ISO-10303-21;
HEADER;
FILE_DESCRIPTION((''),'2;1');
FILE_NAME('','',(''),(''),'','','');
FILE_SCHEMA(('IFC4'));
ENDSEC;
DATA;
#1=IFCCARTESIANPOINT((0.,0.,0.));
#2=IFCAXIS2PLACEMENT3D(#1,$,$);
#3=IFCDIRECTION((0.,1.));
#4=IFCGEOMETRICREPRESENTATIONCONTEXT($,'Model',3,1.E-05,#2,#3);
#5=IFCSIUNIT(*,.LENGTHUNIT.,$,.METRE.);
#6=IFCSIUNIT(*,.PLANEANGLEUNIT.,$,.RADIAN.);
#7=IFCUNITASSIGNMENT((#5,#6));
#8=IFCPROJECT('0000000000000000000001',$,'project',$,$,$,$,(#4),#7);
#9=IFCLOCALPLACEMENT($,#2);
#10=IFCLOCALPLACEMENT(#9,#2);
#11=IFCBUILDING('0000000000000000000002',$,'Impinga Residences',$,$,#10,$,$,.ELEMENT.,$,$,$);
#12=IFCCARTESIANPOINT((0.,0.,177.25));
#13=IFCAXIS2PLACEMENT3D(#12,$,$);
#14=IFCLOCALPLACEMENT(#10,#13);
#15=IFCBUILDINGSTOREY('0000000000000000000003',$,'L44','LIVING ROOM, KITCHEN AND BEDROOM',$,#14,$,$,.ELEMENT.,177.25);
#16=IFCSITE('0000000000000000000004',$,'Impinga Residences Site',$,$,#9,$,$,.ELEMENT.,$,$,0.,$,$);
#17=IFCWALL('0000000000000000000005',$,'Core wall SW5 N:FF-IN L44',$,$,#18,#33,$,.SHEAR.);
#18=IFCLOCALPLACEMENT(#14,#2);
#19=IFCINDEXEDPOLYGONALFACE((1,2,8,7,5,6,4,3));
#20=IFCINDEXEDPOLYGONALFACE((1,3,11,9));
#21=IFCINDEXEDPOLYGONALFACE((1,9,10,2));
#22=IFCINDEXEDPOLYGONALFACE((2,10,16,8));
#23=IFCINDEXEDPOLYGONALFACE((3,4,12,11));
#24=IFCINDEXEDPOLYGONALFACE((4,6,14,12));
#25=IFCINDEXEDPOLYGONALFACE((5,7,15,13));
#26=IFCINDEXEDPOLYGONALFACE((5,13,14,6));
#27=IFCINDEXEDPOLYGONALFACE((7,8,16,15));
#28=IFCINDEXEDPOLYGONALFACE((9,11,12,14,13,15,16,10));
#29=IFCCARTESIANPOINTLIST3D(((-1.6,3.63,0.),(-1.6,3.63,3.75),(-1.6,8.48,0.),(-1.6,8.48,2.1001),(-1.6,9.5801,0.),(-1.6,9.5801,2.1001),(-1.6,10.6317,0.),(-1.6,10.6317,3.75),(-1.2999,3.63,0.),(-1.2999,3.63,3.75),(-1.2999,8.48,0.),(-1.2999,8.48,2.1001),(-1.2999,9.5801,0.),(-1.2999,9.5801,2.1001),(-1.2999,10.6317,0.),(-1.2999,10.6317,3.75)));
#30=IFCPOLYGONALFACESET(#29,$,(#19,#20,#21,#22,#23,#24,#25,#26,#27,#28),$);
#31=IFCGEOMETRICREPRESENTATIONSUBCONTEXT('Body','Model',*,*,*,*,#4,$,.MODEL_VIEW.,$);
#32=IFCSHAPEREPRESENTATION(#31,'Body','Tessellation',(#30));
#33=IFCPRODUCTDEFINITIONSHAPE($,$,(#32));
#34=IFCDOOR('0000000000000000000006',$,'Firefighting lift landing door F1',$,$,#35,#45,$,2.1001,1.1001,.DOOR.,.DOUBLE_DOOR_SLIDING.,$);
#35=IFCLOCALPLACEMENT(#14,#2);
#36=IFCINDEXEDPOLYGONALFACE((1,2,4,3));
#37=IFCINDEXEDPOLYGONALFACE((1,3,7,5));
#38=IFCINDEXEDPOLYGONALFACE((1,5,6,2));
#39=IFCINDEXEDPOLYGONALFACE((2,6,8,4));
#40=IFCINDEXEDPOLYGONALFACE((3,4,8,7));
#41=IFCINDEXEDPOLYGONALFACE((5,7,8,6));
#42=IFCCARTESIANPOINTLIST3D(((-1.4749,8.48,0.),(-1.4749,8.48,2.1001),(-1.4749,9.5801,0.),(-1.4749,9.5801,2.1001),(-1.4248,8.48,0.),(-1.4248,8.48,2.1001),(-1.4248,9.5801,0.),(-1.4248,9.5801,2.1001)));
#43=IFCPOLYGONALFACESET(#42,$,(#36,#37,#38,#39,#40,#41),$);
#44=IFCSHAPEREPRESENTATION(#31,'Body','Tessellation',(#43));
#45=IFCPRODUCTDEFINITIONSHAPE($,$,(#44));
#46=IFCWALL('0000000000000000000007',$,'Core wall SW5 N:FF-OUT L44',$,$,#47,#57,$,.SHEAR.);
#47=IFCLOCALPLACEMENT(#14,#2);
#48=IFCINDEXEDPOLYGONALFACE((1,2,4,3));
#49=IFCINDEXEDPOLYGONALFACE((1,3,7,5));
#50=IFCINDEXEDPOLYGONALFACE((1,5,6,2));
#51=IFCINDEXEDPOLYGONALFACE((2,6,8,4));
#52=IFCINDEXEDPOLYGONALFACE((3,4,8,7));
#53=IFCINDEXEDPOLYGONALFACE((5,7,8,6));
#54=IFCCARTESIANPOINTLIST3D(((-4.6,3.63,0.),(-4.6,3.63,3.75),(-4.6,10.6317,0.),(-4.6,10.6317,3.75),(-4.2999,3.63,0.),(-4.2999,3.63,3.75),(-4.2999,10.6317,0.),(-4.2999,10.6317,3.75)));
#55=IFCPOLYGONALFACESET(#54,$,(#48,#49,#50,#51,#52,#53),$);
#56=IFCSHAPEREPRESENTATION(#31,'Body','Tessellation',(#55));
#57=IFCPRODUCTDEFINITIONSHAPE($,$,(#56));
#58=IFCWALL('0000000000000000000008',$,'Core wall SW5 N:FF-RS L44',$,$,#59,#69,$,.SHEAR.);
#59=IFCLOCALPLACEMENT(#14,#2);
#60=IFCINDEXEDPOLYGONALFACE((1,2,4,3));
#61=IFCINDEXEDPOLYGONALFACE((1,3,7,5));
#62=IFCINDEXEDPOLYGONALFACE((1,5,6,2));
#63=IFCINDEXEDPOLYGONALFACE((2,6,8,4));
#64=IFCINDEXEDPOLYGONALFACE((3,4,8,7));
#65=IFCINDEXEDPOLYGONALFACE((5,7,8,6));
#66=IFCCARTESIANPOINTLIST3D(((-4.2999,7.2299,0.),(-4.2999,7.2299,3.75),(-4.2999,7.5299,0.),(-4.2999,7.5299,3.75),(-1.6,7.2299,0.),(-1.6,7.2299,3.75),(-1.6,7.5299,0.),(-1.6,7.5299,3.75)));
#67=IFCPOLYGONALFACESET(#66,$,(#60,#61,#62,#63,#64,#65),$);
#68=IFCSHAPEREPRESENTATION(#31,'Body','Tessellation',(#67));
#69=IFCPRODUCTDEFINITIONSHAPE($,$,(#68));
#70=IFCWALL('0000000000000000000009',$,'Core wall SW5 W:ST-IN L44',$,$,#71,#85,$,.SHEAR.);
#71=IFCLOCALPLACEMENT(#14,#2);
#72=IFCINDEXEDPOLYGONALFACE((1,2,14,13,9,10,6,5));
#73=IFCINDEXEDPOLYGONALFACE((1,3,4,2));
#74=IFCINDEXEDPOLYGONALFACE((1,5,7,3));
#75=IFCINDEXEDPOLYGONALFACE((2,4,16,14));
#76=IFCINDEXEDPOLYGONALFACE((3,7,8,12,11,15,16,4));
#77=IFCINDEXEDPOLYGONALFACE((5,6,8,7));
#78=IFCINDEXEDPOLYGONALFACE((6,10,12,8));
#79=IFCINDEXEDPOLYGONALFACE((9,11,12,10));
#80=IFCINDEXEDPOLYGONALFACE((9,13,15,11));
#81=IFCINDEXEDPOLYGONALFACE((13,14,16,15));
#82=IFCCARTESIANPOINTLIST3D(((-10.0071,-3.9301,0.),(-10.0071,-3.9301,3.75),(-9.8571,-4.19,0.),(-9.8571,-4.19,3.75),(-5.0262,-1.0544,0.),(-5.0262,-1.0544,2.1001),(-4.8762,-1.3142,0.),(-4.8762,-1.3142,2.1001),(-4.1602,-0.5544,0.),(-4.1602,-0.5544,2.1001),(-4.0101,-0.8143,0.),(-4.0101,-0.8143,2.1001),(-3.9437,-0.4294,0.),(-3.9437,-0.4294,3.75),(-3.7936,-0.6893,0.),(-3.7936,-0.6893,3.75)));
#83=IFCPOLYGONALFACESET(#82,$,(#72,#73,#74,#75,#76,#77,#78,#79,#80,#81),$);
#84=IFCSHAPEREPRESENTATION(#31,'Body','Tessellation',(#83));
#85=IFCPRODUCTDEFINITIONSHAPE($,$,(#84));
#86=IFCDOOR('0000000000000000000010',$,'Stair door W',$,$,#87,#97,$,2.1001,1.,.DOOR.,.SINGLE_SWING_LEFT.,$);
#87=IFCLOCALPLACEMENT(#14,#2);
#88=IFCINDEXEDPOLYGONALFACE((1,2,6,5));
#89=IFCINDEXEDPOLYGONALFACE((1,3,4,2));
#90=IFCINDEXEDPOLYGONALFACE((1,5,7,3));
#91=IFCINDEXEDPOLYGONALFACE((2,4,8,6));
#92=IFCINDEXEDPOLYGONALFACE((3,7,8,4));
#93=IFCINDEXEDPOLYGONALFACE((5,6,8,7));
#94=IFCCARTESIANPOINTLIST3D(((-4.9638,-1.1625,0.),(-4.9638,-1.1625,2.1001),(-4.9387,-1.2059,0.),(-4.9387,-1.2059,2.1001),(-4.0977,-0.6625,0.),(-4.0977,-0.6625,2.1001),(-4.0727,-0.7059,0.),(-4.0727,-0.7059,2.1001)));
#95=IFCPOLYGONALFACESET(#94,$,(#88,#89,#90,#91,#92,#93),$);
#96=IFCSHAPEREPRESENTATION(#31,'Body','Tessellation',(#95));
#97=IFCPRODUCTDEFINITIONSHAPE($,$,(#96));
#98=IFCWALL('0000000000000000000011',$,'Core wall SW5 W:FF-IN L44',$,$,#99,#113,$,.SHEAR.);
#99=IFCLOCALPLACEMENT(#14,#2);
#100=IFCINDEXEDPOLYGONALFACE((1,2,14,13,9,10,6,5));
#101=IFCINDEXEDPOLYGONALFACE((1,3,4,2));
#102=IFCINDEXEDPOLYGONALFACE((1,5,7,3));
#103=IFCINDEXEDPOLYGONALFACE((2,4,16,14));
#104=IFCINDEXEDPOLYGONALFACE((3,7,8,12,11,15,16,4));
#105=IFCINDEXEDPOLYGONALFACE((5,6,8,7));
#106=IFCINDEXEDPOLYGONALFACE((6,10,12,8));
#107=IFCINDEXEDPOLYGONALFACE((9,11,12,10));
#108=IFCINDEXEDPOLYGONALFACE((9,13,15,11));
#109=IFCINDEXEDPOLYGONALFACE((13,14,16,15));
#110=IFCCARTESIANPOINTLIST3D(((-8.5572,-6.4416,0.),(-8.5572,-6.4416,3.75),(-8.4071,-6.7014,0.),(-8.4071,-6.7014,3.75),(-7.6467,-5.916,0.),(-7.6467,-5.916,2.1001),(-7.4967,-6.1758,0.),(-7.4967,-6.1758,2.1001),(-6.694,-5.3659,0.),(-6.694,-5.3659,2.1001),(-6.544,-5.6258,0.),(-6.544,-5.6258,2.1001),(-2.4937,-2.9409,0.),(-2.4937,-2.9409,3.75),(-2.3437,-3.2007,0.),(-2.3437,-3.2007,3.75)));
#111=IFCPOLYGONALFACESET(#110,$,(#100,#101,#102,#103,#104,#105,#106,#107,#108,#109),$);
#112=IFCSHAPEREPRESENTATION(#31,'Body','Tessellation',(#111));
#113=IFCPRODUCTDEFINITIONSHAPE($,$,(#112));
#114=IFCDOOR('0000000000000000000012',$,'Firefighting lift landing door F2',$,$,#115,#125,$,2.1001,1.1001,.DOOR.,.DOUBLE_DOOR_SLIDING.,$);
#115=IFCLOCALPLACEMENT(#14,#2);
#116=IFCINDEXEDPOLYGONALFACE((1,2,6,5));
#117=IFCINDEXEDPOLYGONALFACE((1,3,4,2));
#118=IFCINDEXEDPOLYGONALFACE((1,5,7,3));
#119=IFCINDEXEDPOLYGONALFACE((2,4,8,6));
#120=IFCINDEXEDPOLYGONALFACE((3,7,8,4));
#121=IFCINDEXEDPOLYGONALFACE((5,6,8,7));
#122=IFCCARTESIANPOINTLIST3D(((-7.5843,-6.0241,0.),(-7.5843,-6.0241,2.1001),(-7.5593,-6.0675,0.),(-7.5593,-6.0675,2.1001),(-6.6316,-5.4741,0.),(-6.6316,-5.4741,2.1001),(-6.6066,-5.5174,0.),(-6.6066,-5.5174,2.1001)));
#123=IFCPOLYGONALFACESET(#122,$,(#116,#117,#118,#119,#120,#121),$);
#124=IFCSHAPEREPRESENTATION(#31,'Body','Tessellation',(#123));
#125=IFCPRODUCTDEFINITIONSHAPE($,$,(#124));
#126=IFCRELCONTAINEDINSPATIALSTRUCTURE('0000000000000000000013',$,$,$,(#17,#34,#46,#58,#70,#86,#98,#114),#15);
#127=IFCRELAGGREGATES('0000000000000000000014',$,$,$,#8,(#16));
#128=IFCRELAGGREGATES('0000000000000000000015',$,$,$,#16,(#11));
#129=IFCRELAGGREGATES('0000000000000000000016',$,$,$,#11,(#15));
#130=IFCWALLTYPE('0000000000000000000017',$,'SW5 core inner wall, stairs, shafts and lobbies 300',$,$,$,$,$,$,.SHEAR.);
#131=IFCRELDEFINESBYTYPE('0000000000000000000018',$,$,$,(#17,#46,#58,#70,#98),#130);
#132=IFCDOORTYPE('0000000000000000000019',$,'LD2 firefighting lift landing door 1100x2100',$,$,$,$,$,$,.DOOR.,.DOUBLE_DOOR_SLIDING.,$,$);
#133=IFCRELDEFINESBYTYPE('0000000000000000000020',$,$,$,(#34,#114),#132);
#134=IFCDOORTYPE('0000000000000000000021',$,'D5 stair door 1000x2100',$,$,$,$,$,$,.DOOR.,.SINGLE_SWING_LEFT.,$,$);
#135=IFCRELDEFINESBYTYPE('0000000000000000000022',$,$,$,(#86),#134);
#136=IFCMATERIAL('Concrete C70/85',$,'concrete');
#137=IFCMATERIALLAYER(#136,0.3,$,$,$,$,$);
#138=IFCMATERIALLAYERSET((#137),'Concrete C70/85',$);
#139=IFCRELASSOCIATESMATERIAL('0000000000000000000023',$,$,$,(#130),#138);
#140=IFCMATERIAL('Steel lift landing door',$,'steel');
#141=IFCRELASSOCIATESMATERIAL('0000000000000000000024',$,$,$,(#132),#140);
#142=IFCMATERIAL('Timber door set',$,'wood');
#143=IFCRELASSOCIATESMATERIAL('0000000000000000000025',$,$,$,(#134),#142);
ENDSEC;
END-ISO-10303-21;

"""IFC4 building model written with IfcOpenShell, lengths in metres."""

from ifc_helpers import new_model, si_unit, direction, frame, frame_2d, origin, place, context, subcontext, project, spatial, rectangle, extrude, material, layer, layer_set, type_object, element, fill, save


model = new_model("IFC4")

# Units and contexts
model_context = context("Model", 3, precision=1e-05, world=origin(), true_north=direction((0.0, 1.0)))
body_context = subcontext(model_context, "Body", "Model", "MODEL_VIEW")
ifc_project = project(units=[si_unit("LENGTHUNIT", "METRE"), si_unit("PLANEANGLEUNIT", "RADIAN")], contexts=[model_context])

# Site, building, storey
site_placement = place(None, origin())
site = spatial("IfcSite", under=ifc_project, at=site_placement, Name="Impinga Residences Site", CompositionType="ELEMENT", RefElevation=0.0)
building_placement = place(site_placement, origin())
building = spatial("IfcBuilding", under=site, at=building_placement, Name="Impinga Residences", CompositionType="ELEMENT")
storey_placement = place(building_placement, frame((0.0, 0.0, 177.25)))
storey = spatial("IfcBuildingStorey", under=building, at=storey_placement, Name="L44", Description="LIVING ROOM, KITCHEN AND BEDROOM", CompositionType="ELEMENT", Elevation=177.25)

# Shared definitions
ifc_material_1 = material(Name="Concrete C70/85", Category="concrete")
ifc_layer_1 = layer(ifc_material_1, 0.3)
ifc_layer_set_1 = layer_set([ifc_layer_1], Name="Concrete C70/85")
wall_type_1 = type_object("IfcWallType", Name="SW5 core inner wall, stairs, shafts and lobbies 300", PredefinedType="SHEAR", material=ifc_layer_set_1)
ifc_material_2 = material(Name="Timber door set", Category="wood")

# Wall, opening, door
wall_1_placement = place(storey_placement, frame((-1.45, 3.6299, 0.0), z_axis=(0.0, 0.0, 1.0), x_axis=(0.0, 1.0, 0.0)))
wall_1 = element("IfcWall", 1, at=wall_1_placement, inside=storey, type_object=wall_type_1, Name="Core wall SW5 N:FF-IN L44", PredefinedType="SHEAR", context=body_context, shape_type="SweptSolid", body=[
    extrude(rectangle(XDim=7.0017, YDim=0.3, at=frame_2d((3.501, 0.0))), origin(), (0.0, 0.0, 1.0), 3.75),
])
opening_1_placement = place(wall_1_placement, frame((4.8501, 0.0, 0.0)))
opening_1 = element("IfcOpeningElement", 2, at=opening_1_placement, cuts=wall_1, PredefinedType="OPENING", context=body_context, shape_type="SweptSolid", body=[
    extrude(rectangle(XDim=1.1001, YDim=2.1001, at=frame_2d((0.55, 1.05))), frame((0.0, 0.1599, 0.0), z_axis=(0.0, -1.0, 0.0), x_axis=(1.0, 0.0, 0.0)), (0.0, 0.0, 1.0), 0.3201),
])
ifc_material_3 = material(Name="Steel lift landing door", Category="steel")
door_type_1 = type_object("IfcDoorType", Name="LD2 firefighting lift landing door 1100x2100", OperationType="DOUBLE_DOOR_SLIDING", PredefinedType="DOOR", material=ifc_material_3)
door_1_placement = place(opening_1_placement, origin())
door_1 = element("IfcDoor", 3, at=door_1_placement, inside=storey, type_object=door_type_1, Name="Firefighting lift landing door F1", OperationType="DOUBLE_DOOR_SLIDING", OverallHeight=2.1001, OverallWidth=1.1001, PredefinedType="DOOR", context=body_context, shape_type="SweptSolid", body=[
    extrude(rectangle(XDim=1.1001, YDim=2.1001, at=frame_2d((0.55, 1.05))), frame((0.0, 0.0249, 0.0), z_axis=(0.0, -1.0, 0.0), x_axis=(1.0, 0.0, 0.0)), (0.0, 0.0, 1.0), 0.05),
])
fill(opening_1, door_1)

# Walls
wall_2_placement = place(storey_placement, frame((-4.45, 3.6299, 0.0), z_axis=(0.0, 0.0, 1.0), x_axis=(0.0, 1.0, 0.0)))
element("IfcWall", 4, at=wall_2_placement, inside=storey, type_object=wall_type_1, Name="Core wall SW5 N:FF-OUT L44", PredefinedType="SHEAR", context=body_context, shape_type="SweptSolid", body=[
    extrude(rectangle(XDim=7.0017, YDim=0.3, at=frame_2d((3.501, 0.0))), origin(), (0.0, 0.0, 1.0), 3.75),
])
wall_3_placement = place(storey_placement, frame((-4.3, 7.3799, 0.0), z_axis=(0.0, 0.0, 1.0), x_axis=(1.0, 0.0, 0.0)))
element("IfcWall", 5, at=wall_3_placement, inside=storey, type_object=wall_type_1, Name="Core wall SW5 N:FF-RS L44", PredefinedType="SHEAR", context=body_context, shape_type="SweptSolid", body=[
    extrude(rectangle(XDim=2.7, YDim=0.3, at=frame_2d((1.3501, 0.0))), origin(), (0.0, 0.0, 1.0), 3.75),
])

# Walls, openings, doors
wall_4_placement = place(storey_placement, frame((-3.8687, -0.5593, 0.0), z_axis=(0.0, 0.0, 1.0), x_axis=(-0.866026, -0.499998, 0.0)))
wall_4 = element("IfcWall", 6, at=wall_4_placement, inside=storey, type_object=wall_type_1, Name="Core wall SW5 W:ST-IN L44", PredefinedType="SHEAR", context=body_context, shape_type="SweptSolid", body=[
    extrude(rectangle(XDim=7.0015, YDim=0.3, at=frame_2d((3.5007, 0.0))), origin(), (0.0, 0.0, 1.0), 3.75),
])
opening_2_placement = place(wall_4_placement, frame((0.25, 0.0, 0.0)))
opening_2 = element("IfcOpeningElement", 7, at=opening_2_placement, cuts=wall_4, PredefinedType="OPENING", context=body_context, shape_type="SweptSolid", body=[
    extrude(rectangle(XDim=1.0, YDim=2.1001, at=frame_2d((0.5, 1.05))), frame((0.0, 0.1599, 0.0), z_axis=(0.0, -1.0, 0.0), x_axis=(1.0, 0.0, 0.0)), (0.0, 0.0, 1.0), 0.3201),
])
door_type_2 = type_object("IfcDoorType", Name="D5 stair door 1000x2100", OperationType="SINGLE_SWING_LEFT", PredefinedType="DOOR", material=ifc_material_2)
door_2_placement = place(opening_2_placement, origin())
door_2 = element("IfcDoor", 8, at=door_2_placement, inside=storey, type_object=door_type_2, Name="Stair door W", OperationType="SINGLE_SWING_LEFT", OverallHeight=2.1001, OverallWidth=1.0, PredefinedType="DOOR", context=body_context, shape_type="SweptSolid", body=[
    extrude(rectangle(XDim=1.0, YDim=2.1001, at=frame_2d((0.5, 1.05))), frame((0.0, 0.0249, 0.0), z_axis=(0.0, -1.0, 0.0), x_axis=(1.0, 0.0, 0.0)), (0.0, 0.0, 1.0), 0.05),
])
fill(opening_2, door_2)
wall_5_placement = place(storey_placement, frame((-2.4187, -3.0708, 0.0), z_axis=(0.0, 0.0, 1.0), x_axis=(-0.866026, -0.499998, 0.0)))
wall_5 = element("IfcWall", 9, at=wall_5_placement, inside=storey, type_object=wall_type_1, Name="Core wall SW5 W:FF-IN L44", PredefinedType="SHEAR", context=body_context, shape_type="SweptSolid", body=[
    extrude(rectangle(XDim=7.0015, YDim=0.3, at=frame_2d((3.5007, 0.0))), origin(), (0.0, 0.0, 1.0), 3.75),
])
opening_3_placement = place(wall_5_placement, frame((4.8501, 0.0, 0.0)))
opening_3 = element("IfcOpeningElement", 10, at=opening_3_placement, cuts=wall_5, PredefinedType="OPENING", context=body_context, shape_type="SweptSolid", body=[
    extrude(rectangle(XDim=1.1001, YDim=2.1001, at=frame_2d((0.55, 1.05))), frame((0.0, 0.1599, 0.0), z_axis=(0.0, -1.0, 0.0), x_axis=(1.0, 0.0, 0.0)), (0.0, 0.0, 1.0), 0.3201),
])
door_3_placement = place(opening_3_placement, origin())
door_3 = element("IfcDoor", 11, at=door_3_placement, inside=storey, type_object=door_type_1, Name="Firefighting lift landing door F2", OperationType="DOUBLE_DOOR_SLIDING", OverallHeight=2.1001, OverallWidth=1.1001, PredefinedType="DOOR", context=body_context, shape_type="SweptSolid", body=[
    extrude(rectangle(XDim=1.1001, YDim=2.1001, at=frame_2d((0.55, 1.05))), frame((0.0, 0.0249, 0.0), z_axis=(0.0, -1.0, 0.0), x_axis=(1.0, 0.0, 0.0)), (0.0, 0.0, 1.0), 0.05),
])
fill(opening_3, door_3)

save(model, "model.ifc")
